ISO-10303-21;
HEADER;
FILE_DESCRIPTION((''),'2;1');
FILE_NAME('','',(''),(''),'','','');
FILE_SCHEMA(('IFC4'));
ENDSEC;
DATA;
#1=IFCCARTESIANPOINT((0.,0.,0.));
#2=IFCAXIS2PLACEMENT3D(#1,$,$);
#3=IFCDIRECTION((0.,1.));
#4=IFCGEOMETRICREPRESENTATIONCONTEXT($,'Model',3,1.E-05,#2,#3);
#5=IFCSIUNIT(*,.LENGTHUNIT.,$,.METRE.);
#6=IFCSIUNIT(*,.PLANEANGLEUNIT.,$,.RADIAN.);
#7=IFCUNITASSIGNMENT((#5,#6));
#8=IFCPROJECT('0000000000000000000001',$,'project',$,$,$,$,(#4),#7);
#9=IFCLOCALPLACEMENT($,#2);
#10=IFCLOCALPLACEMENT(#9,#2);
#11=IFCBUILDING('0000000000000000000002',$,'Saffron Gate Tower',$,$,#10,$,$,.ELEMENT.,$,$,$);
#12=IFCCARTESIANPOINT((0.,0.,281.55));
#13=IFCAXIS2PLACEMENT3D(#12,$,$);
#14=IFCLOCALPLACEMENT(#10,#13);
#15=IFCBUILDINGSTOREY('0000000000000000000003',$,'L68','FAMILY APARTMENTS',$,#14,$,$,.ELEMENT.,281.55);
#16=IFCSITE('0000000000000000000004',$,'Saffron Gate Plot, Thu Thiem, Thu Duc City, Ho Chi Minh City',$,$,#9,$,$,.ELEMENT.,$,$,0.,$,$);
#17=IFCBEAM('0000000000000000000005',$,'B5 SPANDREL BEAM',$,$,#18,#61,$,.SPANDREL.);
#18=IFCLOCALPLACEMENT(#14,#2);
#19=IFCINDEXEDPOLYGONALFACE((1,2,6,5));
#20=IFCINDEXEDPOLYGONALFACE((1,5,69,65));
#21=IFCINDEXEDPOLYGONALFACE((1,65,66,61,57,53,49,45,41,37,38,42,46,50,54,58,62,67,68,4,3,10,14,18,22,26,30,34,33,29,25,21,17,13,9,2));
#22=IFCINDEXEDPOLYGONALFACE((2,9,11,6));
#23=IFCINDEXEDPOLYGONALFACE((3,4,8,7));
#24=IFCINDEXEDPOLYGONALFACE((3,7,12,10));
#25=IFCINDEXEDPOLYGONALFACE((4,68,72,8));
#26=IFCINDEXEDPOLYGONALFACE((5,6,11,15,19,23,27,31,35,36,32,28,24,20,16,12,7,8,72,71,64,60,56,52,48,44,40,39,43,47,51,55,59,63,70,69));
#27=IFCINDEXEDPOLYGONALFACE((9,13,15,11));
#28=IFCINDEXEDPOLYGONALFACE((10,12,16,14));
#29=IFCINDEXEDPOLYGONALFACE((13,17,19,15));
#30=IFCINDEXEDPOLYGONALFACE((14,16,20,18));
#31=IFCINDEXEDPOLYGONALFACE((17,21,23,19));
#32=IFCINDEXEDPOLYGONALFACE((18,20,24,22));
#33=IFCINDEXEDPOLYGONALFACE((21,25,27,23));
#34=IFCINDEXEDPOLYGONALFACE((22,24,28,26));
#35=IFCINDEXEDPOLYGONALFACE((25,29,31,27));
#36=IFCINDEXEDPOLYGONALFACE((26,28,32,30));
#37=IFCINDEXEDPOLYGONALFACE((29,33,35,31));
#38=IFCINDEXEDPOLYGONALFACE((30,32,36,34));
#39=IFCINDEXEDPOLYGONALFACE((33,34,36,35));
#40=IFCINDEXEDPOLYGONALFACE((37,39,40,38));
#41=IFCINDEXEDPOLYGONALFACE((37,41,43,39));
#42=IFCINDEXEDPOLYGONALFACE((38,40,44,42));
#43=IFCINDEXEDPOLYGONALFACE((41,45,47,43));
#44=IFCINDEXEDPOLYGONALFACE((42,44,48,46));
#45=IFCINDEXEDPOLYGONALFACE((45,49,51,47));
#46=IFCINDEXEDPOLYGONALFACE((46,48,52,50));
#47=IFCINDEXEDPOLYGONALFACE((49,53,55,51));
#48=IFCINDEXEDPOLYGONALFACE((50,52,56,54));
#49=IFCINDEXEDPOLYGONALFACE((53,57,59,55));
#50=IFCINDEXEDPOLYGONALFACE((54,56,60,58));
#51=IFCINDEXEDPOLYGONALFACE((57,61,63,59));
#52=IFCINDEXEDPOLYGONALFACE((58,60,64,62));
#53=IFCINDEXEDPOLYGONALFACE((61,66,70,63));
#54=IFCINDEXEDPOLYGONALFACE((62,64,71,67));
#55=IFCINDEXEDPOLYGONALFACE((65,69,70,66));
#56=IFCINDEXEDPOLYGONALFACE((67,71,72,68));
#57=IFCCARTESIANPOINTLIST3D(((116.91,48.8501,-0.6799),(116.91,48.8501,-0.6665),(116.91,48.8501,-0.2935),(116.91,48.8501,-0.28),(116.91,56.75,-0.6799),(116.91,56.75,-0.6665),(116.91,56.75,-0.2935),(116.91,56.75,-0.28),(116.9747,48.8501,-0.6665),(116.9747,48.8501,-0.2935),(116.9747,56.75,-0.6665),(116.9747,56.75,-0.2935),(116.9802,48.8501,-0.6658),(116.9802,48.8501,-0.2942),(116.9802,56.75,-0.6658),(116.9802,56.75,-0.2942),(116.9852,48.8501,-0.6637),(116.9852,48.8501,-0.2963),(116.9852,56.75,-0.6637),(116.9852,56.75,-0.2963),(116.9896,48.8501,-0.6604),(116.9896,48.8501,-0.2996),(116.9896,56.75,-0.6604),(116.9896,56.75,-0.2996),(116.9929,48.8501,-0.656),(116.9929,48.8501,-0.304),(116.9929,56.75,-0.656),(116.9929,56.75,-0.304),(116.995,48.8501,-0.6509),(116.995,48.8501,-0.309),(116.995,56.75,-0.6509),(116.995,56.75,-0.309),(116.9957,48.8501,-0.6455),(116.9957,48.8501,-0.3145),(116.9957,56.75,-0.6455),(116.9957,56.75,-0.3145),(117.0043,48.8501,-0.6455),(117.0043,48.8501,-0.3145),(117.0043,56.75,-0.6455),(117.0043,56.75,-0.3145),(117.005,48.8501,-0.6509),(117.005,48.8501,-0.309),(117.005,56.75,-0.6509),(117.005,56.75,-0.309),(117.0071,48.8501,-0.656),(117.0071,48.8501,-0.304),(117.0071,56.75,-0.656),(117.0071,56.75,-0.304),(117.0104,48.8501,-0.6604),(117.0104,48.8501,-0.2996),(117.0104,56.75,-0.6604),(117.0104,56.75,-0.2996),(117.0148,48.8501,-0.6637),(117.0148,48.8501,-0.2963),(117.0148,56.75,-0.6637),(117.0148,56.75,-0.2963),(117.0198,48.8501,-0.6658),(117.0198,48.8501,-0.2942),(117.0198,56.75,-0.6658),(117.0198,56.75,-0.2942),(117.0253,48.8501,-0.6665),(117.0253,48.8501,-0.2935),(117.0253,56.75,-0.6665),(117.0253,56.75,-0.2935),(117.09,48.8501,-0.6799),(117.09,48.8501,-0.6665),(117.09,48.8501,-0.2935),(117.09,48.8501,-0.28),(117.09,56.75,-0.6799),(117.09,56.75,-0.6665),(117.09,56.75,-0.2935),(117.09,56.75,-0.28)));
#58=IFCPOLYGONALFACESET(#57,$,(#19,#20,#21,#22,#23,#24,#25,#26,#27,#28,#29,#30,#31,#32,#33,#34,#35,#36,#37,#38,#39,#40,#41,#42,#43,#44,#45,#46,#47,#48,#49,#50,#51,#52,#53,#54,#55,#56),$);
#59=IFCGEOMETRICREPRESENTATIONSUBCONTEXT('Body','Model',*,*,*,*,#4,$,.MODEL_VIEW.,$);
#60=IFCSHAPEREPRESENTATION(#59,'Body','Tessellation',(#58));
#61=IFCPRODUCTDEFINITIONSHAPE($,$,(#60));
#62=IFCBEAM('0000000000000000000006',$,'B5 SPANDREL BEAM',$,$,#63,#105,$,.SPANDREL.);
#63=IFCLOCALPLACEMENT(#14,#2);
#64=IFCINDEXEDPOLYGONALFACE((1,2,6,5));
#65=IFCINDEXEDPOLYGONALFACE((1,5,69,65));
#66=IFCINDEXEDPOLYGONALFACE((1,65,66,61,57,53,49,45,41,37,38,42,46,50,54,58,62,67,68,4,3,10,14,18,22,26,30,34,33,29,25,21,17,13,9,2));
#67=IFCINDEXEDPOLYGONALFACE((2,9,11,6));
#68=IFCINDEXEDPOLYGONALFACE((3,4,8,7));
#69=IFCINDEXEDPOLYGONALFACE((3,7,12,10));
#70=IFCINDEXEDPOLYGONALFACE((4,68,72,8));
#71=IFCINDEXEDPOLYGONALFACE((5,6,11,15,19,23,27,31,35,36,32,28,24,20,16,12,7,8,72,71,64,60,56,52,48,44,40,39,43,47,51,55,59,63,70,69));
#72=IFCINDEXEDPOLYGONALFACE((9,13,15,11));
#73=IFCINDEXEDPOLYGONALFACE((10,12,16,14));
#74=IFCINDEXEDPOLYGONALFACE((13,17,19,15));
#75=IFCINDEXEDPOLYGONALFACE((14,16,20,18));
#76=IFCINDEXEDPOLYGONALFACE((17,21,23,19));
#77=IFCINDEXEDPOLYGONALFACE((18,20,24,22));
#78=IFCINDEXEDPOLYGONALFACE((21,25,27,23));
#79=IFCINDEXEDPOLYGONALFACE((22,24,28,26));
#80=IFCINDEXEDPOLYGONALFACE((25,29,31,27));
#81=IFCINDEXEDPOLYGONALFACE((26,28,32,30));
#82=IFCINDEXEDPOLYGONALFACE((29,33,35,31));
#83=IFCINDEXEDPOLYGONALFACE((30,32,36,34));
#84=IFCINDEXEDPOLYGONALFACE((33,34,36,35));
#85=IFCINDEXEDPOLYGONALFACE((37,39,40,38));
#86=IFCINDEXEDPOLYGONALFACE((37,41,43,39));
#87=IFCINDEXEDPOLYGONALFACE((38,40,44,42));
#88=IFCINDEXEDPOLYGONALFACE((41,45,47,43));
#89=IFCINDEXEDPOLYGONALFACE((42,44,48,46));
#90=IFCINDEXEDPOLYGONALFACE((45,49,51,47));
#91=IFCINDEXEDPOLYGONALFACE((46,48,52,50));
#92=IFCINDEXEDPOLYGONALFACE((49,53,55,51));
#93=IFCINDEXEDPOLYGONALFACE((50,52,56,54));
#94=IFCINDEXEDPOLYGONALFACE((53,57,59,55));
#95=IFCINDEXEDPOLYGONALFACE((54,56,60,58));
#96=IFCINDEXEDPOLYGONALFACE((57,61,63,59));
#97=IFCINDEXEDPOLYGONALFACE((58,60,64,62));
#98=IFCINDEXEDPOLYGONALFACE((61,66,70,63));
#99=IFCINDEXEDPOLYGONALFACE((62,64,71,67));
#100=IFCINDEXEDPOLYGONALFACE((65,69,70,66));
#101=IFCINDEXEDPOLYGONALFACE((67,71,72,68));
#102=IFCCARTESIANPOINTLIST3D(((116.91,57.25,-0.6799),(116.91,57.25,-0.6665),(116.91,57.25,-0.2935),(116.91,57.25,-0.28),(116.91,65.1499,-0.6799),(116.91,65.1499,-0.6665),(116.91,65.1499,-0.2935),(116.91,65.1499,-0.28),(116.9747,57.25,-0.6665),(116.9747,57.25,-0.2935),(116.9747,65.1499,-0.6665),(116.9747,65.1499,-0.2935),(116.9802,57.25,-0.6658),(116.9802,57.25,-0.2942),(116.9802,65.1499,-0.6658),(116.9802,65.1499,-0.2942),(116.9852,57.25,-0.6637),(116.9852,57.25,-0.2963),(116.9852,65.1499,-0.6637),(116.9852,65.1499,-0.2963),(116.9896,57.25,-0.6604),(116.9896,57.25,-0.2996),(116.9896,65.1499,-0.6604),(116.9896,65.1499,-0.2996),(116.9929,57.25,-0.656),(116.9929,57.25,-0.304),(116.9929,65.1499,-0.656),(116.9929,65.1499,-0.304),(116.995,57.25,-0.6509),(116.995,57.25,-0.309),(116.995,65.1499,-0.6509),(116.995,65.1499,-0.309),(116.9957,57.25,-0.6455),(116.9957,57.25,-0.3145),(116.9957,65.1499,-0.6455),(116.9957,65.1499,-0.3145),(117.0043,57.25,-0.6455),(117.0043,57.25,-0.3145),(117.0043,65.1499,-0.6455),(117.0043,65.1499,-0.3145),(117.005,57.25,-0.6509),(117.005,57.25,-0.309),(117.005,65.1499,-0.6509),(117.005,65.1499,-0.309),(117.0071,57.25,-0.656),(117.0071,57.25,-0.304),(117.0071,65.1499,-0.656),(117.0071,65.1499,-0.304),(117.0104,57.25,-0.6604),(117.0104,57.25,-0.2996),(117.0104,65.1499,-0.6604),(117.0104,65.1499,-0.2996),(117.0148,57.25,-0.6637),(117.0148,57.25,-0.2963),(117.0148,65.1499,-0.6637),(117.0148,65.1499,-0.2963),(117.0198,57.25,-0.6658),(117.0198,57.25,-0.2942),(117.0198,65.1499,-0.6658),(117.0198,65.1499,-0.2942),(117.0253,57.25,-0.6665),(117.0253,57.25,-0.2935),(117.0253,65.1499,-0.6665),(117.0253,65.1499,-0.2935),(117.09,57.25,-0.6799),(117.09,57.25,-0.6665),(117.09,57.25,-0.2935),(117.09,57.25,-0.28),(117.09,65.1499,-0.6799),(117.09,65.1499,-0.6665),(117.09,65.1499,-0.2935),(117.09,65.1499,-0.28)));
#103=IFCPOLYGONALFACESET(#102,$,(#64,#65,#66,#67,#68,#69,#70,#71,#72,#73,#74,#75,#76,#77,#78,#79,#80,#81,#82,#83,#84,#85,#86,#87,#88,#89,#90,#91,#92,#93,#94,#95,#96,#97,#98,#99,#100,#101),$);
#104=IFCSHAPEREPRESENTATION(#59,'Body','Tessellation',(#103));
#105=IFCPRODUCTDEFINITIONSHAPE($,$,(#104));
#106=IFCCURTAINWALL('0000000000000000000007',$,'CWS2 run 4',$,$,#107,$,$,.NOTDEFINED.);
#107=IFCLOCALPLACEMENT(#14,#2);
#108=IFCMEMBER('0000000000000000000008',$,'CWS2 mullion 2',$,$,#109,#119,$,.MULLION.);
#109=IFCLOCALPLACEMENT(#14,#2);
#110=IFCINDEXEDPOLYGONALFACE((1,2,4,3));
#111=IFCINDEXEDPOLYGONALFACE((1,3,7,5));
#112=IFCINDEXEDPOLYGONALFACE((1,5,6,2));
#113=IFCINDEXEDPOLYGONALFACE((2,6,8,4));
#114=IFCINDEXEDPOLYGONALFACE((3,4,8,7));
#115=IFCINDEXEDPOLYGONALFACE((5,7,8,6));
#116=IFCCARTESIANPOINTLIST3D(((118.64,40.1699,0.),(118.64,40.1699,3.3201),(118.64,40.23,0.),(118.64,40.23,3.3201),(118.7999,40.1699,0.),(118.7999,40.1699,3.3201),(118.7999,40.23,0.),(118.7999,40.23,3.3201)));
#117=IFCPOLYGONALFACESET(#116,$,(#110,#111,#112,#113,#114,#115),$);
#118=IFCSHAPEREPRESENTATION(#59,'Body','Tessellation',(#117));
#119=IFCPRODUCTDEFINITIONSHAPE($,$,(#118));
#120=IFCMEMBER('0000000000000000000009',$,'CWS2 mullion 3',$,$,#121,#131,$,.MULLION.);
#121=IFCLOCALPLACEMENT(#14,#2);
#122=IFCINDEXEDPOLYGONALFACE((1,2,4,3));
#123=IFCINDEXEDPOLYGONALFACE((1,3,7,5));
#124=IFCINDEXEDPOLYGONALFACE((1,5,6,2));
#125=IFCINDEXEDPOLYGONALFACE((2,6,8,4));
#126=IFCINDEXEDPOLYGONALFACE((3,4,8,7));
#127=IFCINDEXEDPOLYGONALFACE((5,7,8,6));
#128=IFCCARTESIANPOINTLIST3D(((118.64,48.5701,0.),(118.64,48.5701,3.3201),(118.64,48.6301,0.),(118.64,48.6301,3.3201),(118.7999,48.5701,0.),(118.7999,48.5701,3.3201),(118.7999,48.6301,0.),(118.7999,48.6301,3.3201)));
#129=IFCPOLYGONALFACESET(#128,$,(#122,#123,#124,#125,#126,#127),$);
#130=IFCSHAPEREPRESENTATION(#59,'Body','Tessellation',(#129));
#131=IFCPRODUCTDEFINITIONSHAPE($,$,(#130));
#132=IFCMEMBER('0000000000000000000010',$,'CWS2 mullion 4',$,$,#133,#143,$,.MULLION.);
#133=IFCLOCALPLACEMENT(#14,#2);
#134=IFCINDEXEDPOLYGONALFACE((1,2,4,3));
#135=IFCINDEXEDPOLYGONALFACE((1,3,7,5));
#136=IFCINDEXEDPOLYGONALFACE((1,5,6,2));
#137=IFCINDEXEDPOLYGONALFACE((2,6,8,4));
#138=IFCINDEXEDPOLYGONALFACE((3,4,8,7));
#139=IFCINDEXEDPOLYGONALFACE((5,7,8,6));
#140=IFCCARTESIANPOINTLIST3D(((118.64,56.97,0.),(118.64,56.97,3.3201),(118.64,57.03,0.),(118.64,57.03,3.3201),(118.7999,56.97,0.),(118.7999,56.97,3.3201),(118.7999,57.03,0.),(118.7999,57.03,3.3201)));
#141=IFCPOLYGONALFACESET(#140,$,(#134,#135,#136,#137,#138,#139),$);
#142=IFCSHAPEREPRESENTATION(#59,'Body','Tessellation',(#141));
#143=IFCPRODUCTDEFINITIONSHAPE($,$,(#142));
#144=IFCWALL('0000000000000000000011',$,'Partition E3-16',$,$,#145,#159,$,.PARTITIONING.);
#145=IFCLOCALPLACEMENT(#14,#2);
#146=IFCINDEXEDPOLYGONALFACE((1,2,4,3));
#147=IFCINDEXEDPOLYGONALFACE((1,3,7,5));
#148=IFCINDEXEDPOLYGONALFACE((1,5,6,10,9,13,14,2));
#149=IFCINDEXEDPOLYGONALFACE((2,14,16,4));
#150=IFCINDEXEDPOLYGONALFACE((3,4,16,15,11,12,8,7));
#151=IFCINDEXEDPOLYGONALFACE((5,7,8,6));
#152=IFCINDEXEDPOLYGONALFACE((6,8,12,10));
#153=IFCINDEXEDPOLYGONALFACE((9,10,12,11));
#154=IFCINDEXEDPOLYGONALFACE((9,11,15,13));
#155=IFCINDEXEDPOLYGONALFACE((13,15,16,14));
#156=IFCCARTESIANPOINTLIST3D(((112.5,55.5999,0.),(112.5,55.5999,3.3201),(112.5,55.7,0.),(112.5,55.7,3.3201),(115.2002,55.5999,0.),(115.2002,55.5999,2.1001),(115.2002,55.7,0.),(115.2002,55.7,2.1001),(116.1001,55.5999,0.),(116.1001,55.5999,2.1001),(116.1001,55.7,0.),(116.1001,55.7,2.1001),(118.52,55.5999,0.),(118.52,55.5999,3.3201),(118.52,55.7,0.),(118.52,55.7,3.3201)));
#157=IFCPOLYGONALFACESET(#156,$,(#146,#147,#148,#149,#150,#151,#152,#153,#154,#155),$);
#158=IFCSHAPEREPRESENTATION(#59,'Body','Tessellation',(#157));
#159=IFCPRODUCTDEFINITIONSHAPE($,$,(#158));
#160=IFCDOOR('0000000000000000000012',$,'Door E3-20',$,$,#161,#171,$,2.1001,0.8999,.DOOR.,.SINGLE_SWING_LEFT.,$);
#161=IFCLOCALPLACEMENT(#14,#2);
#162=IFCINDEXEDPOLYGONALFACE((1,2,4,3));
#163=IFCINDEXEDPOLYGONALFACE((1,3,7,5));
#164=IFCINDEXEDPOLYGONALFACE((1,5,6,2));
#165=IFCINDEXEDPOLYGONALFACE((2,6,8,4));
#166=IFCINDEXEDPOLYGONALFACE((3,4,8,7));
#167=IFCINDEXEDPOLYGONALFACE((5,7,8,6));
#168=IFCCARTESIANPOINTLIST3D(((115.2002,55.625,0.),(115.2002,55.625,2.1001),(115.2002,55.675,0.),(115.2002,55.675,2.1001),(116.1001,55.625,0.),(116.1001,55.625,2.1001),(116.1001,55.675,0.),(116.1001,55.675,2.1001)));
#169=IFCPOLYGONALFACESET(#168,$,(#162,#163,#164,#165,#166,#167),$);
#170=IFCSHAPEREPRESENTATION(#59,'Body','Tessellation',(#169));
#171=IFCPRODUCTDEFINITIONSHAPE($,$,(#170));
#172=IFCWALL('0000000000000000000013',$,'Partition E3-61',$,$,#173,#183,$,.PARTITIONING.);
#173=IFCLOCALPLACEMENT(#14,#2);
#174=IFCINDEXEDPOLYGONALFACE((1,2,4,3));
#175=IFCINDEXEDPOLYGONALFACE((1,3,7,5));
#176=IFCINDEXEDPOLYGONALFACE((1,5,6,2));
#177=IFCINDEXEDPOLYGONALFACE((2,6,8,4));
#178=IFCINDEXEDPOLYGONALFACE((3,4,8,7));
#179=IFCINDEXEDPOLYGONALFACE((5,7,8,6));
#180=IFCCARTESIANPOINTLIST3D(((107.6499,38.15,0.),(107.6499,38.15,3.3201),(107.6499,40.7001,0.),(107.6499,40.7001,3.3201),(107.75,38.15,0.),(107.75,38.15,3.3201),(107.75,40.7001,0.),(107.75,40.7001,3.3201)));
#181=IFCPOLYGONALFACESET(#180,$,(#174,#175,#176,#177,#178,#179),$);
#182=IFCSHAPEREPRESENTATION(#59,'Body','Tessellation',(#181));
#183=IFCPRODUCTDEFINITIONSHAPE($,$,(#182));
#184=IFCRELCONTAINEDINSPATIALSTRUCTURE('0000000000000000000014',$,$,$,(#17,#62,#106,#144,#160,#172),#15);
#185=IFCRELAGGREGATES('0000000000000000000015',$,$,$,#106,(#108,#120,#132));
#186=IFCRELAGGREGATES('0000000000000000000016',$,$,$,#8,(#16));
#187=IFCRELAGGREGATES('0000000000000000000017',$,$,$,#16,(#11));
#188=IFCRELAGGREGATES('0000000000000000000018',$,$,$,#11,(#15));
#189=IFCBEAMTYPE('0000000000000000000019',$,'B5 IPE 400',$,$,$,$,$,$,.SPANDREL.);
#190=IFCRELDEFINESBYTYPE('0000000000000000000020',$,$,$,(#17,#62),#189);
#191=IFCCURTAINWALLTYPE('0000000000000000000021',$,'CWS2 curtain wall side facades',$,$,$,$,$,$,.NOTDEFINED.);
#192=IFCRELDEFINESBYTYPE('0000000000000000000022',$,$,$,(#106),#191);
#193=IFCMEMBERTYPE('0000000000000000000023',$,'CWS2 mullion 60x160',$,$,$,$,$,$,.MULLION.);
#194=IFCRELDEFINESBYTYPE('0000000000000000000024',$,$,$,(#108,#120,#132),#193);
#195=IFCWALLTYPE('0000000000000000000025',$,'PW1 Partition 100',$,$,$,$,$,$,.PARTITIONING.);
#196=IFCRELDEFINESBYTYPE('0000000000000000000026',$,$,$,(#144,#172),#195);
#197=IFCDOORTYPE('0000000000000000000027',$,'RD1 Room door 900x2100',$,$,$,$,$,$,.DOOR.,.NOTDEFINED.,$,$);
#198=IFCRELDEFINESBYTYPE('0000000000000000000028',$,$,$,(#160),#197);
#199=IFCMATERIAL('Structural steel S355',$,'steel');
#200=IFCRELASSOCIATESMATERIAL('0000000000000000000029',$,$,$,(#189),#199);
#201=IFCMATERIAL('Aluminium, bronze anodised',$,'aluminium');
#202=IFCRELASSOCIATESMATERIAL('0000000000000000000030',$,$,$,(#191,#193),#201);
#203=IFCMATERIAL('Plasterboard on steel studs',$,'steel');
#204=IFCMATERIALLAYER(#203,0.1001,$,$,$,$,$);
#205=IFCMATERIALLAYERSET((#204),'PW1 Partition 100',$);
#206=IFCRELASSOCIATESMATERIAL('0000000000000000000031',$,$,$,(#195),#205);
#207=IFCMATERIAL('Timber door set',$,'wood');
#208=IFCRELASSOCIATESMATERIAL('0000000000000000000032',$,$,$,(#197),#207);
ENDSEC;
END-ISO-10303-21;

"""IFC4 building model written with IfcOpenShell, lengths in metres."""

from ifc_helpers import new_model, si_unit, direction, frame, frame_2d, origin, origin_2d, place, context, subcontext, project, spatial, rectangle, i_section, extrude, material, layer, layer_set, material_profile, profile_set, type_object, element, fill, aggregate, save


model = new_model("IFC4")

# Units and contexts
model_context = context("Model", 3, precision=1e-05, world=origin(), true_north=direction((0.0, 1.0)))
body_context = subcontext(model_context, "Body", "Model", "MODEL_VIEW")
ifc_project = project(units=[si_unit("LENGTHUNIT", "METRE"), si_unit("PLANEANGLEUNIT", "RADIAN")], contexts=[model_context])

# Site, building, storey
site_placement = place(None, origin())
site = spatial("IfcSite", under=ifc_project, at=site_placement, Name="Saffron Gate Plot, Thu Thiem, Thu Duc City, Ho Chi Minh City", CompositionType="ELEMENT", RefElevation=0.0)
building_placement = place(site_placement, origin())
building = spatial("IfcBuilding", under=site, at=building_placement, Name="Saffron Gate Tower", CompositionType="ELEMENT")
storey_placement = place(building_placement, frame((0.0, 0.0, 281.55)))
storey = spatial("IfcBuildingStorey", under=building, at=storey_placement, Name="L68", Description="FAMILY APARTMENTS", CompositionType="ELEMENT", Elevation=281.55)

# Beams
ifc_material_1 = material(Name="Structural steel S355", Category="steel")
ifc_material_profile_1 = material_profile(ifc_material_1, i_section(OverallWidth=0.1799, OverallDepth=0.3999, WebThickness=0.0085, FlangeThickness=0.0134, FilletRadius=0.021, at=origin_2d()))
ifc_profile_set_1 = profile_set([ifc_material_profile_1], Name="Structural steel S355")
beam_type_1 = type_object("IfcBeamType", Name="B5 IPE 400", PredefinedType="SPANDREL", material=ifc_profile_set_1)
for number, where, z_axis, x_axis, name in (
    (1, (117.0, 48.8501, -0.48), (0.0, 1.0, 0.0), (-1.0, 0.0, 0.0), "B5 SPANDREL BEAM"),
    (2, (117.0, 57.25, -0.48), (0.0, 1.0, 0.0), (-1.0, 0.0, 0.0), "B5 SPANDREL BEAM"),
):
    element("IfcBeam", number, at=place(storey_placement, frame(where, z_axis=z_axis, x_axis=x_axis)), inside=storey, type_object=beam_type_1, Name=name, PredefinedType="SPANDREL", context=body_context, shape_type="SweptSolid", body=[
        extrude(i_section(OverallWidth=0.1799, OverallDepth=0.3999, WebThickness=0.0085, FlangeThickness=0.0134, FilletRadius=0.021, at=origin_2d()), origin(), (0.0, 0.0, 1.0), 7.8999),
    ])

# Curtain wall, members
ifc_material_2 = material(Name="Aluminium, bronze anodised", Category="aluminium")
curtain_wall_type = type_object("IfcCurtainWallType", Name="CWS2 curtain wall side facades", PredefinedType="NOTDEFINED", material=ifc_material_2)
curtain_wall_placement = place(storey_placement, origin())
curtain_wall = element("IfcCurtainWall", 3, at=curtain_wall_placement, inside=storey, type_object=curtain_wall_type, Name="CWS2 run 4", PredefinedType="NOTDEFINED")
ifc_material_profile_2 = material_profile(ifc_material_2, rectangle(XDim=0.1599, YDim=0.0601, at=origin_2d()))
ifc_profile_set_2 = profile_set([ifc_material_profile_2], Name="Aluminium, bronze anodised")
member_type = type_object("IfcMemberType", Name="CWS2 mullion 60x160", PredefinedType="MULLION", material=ifc_profile_set_2)
member_1_placement = place(storey_placement, frame((118.72, 40.2, 0.0), z_axis=(0.0, 0.0, 1.0), x_axis=(-1.0, 0.0, 0.0)))
member_1 = element("IfcMember", 4, at=member_1_placement, type_object=member_type, Name="CWS2 mullion 2", PredefinedType="MULLION", context=body_context, shape_type="SweptSolid", body=[
    extrude(rectangle(XDim=0.1599, YDim=0.0601, at=origin_2d()), origin(), (0.0, 0.0, 1.0), 3.3201),
])
member_2_placement = place(storey_placement, frame((118.72, 48.6001, 0.0), z_axis=(0.0, 0.0, 1.0), x_axis=(-1.0, 0.0, 0.0)))
member_2 = element("IfcMember", 5, at=member_2_placement, type_object=member_type, Name="CWS2 mullion 3", PredefinedType="MULLION", context=body_context, shape_type="SweptSolid", body=[
    extrude(rectangle(XDim=0.1599, YDim=0.0601, at=origin_2d()), origin(), (0.0, 0.0, 1.0), 3.3201),
])
member_3_placement = place(storey_placement, frame((118.72, 57.0, 0.0), z_axis=(0.0, 0.0, 1.0), x_axis=(-1.0, 0.0, 0.0)))
member_3 = element("IfcMember", 6, at=member_3_placement, type_object=member_type, Name="CWS2 mullion 4", PredefinedType="MULLION", context=body_context, shape_type="SweptSolid", body=[
    extrude(rectangle(XDim=0.1599, YDim=0.0601, at=origin_2d()), origin(), (0.0, 0.0, 1.0), 3.3201),
])
aggregate(curtain_wall, [member_1, member_2, member_3])

# Wall, opening, door
ifc_material_3 = material(Name="Plasterboard on steel studs", Category="steel")
ifc_layer_1 = layer(ifc_material_3, 0.1001)
ifc_layer_set_1 = layer_set([ifc_layer_1], Name="PW1 Partition 100")
wall_type_1 = type_object("IfcWallType", Name="PW1 Partition 100", PredefinedType="PARTITIONING", material=ifc_layer_set_1)
wall_1_placement = place(storey_placement, frame((118.52, 55.6499, 0.0), z_axis=(0.0, 0.0, 1.0), x_axis=(-1.0, 0.0, 0.0)))
wall_1 = element("IfcWall", 7, at=wall_1_placement, inside=storey, type_object=wall_type_1, Name="Partition E3-16", PredefinedType="PARTITIONING", context=body_context, shape_type="SweptSolid", body=[
    extrude(rectangle(XDim=6.02, YDim=0.1001, at=frame_2d((3.01, 0.0))), origin(), (0.0, 0.0, 1.0), 3.3201),
])
opening_1_placement = place(wall_1_placement, frame((2.4199, 0.0, 0.0)))
opening_1 = element("IfcOpeningElement", 8, at=opening_1_placement, cuts=wall_1, PredefinedType="OPENING", context=body_context, shape_type="SweptSolid", body=[
    extrude(rectangle(XDim=0.8999, YDim=2.1001, at=frame_2d((0.45, 1.05))), frame((0.0, 0.0601, 0.0), z_axis=(0.0, -1.0, 0.0), x_axis=(1.0, 0.0, 0.0)), (0.0, 0.0, 1.0), 0.1201),
])
ifc_material_4 = material(Name="Timber door set", Category="wood")
door_type_1 = type_object("IfcDoorType", Name="RD1 Room door 900x2100", OperationType="NOTDEFINED", PredefinedType="DOOR", material=ifc_material_4)
door_1_placement = place(opening_1_placement, origin())
door_1 = element("IfcDoor", 9, at=door_1_placement, inside=storey, type_object=door_type_1, Name="Door E3-20", OperationType="SINGLE_SWING_LEFT", OverallHeight=2.1001, OverallWidth=0.8999, PredefinedType="DOOR", context=body_context, shape_type="SweptSolid", body=[
    extrude(rectangle(XDim=0.8999, YDim=2.1001, at=frame_2d((0.45, 1.05))), frame((0.0, 0.0249, 0.0), z_axis=(0.0, -1.0, 0.0), x_axis=(1.0, 0.0, 0.0)), (0.0, 0.0, 1.0), 0.05),
])
fill(opening_1, door_1)

# Wall
wall_2_placement = place(storey_placement, frame((107.7, 40.7, 0.0), z_axis=(0.0, 0.0, 1.0), x_axis=(0.0, -1.0, 0.0)))
element("IfcWall", 10, at=wall_2_placement, inside=storey, type_object=wall_type_1, Name="Partition E3-61", PredefinedType="PARTITIONING", context=body_context, shape_type="SweptSolid", body=[
    extrude(rectangle(XDim=2.55, YDim=0.1001, at=frame_2d((1.2749, 0.0))), origin(), (0.0, 0.0, 1.0), 3.3201),
])

save(model, "model.ifc")
